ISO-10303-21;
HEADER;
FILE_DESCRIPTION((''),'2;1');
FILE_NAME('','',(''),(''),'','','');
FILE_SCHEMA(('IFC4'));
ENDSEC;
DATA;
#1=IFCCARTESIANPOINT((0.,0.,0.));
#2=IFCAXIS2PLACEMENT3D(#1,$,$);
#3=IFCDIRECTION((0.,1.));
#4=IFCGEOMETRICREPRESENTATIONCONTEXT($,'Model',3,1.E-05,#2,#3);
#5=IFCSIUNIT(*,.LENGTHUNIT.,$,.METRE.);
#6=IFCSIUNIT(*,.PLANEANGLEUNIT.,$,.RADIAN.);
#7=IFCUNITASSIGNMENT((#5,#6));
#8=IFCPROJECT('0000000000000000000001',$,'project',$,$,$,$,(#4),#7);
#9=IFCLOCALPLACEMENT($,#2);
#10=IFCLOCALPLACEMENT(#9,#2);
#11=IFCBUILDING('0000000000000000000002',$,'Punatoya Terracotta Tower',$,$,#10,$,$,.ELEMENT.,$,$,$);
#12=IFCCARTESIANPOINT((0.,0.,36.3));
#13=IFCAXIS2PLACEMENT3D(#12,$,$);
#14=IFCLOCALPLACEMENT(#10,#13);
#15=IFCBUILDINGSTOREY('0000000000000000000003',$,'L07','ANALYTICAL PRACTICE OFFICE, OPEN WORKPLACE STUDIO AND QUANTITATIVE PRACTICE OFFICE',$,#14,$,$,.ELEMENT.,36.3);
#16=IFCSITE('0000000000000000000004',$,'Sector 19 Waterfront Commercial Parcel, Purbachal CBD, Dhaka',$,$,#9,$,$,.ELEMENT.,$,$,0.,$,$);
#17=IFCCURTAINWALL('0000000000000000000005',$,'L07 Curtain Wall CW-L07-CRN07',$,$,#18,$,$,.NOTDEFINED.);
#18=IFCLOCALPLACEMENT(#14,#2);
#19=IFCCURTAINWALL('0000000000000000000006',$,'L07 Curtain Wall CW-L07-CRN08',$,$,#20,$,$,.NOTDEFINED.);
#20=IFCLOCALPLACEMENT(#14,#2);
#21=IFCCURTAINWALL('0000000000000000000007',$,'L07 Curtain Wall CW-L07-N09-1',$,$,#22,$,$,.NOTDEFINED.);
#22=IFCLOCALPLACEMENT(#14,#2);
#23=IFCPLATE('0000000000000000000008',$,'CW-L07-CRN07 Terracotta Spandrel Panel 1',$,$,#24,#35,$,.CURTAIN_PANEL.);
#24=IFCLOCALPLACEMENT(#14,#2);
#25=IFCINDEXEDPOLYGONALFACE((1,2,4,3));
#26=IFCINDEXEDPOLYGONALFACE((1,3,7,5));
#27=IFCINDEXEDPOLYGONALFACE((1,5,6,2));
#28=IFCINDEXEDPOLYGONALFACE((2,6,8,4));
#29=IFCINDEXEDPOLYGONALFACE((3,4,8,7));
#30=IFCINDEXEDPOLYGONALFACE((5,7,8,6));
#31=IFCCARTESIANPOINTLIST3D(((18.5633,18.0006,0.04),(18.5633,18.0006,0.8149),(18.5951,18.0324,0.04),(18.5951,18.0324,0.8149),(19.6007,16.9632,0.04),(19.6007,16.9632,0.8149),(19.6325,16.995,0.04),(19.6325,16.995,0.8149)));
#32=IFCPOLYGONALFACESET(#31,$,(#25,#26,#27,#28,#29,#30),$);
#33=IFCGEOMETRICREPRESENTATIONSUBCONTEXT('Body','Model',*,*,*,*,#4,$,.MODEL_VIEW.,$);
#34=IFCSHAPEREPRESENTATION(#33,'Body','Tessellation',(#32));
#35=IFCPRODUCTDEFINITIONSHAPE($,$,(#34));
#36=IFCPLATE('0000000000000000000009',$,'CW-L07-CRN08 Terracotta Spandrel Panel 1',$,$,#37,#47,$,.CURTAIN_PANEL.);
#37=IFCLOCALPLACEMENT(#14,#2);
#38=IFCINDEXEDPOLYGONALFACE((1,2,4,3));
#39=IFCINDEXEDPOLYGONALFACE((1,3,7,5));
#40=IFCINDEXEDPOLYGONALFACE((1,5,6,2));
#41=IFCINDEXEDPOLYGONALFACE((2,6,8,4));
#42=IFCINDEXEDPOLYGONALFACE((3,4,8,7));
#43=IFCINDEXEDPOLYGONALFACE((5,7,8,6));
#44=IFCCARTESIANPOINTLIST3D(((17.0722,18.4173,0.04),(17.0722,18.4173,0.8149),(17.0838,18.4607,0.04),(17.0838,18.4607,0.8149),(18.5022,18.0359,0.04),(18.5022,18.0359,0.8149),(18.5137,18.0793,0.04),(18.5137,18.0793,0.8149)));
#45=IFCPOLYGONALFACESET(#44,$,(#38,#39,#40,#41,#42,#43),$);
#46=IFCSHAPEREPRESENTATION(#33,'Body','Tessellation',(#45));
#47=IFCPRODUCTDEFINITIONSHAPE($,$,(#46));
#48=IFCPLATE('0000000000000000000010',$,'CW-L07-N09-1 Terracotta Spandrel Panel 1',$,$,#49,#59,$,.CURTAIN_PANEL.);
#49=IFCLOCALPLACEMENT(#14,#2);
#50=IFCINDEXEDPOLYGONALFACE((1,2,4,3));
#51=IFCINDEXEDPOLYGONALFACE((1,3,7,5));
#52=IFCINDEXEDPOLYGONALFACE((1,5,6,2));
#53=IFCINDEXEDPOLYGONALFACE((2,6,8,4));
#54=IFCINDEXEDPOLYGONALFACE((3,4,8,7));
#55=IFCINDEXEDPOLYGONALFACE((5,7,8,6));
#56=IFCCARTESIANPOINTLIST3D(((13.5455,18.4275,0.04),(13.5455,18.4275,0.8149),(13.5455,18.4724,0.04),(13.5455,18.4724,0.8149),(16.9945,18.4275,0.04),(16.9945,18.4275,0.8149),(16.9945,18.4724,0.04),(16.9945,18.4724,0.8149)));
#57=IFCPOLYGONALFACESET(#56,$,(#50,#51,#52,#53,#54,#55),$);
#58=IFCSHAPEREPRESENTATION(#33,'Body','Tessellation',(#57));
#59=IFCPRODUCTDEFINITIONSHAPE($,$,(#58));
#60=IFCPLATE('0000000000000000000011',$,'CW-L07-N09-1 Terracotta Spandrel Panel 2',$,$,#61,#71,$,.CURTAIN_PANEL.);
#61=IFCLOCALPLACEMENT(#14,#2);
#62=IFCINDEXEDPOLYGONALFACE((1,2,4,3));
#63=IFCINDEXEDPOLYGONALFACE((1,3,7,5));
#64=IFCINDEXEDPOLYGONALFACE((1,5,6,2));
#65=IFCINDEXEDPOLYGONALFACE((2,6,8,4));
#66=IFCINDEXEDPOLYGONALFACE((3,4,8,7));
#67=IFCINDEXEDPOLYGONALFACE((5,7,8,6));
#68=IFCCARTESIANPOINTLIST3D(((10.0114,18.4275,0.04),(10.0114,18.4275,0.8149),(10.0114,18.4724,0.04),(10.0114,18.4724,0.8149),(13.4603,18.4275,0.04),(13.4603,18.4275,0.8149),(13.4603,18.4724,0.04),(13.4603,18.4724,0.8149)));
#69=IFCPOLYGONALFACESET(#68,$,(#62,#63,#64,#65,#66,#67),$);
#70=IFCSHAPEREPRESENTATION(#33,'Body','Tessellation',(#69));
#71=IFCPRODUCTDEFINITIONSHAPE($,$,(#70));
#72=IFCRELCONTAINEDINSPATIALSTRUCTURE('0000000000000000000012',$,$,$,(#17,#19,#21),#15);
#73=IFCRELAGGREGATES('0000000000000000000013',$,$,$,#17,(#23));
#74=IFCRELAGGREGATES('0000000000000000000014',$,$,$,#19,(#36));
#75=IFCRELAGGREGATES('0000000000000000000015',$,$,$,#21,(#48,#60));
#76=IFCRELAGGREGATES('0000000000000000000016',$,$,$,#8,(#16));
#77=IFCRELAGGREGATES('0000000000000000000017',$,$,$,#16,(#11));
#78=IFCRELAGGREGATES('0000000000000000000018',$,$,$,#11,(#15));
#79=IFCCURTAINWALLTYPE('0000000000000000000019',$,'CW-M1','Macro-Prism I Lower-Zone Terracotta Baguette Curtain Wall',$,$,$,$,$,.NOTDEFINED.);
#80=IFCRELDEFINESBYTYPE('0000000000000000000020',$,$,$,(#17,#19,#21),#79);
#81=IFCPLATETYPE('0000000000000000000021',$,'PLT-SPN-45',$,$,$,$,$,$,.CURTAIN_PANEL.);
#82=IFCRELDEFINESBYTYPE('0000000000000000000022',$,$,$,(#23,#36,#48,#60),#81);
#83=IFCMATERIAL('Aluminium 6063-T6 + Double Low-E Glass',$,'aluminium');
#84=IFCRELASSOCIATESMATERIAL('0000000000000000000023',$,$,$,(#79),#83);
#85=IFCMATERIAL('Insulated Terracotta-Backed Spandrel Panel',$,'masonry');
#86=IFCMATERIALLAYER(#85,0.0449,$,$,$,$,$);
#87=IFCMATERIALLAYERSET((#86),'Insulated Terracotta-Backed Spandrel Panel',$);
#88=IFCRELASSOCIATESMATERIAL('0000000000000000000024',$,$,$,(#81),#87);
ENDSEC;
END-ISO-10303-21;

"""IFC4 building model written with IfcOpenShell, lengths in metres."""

from ifc_helpers import new_model, si_unit, direction, frame, origin, origin_2d, place, context, subcontext, project, spatial, rectangle, extrude, material, layer, layer_set, type_object, element, aggregate, save


model = new_model("IFC4")

# Units and contexts
model_context = context("Model", 3, precision=1e-05, world=origin(), true_north=direction((0.0, 1.0)))
body_context = subcontext(model_context, "Body", "Model", "MODEL_VIEW")
ifc_project = project(units=[si_unit("LENGTHUNIT", "METRE"), si_unit("PLANEANGLEUNIT", "RADIAN")], contexts=[model_context])

# Site, building, storey
site_placement = place(None, origin())
site = spatial("IfcSite", under=ifc_project, at=site_placement, Name="Sector 19 Waterfront Commercial Parcel, Purbachal CBD, Dhaka", CompositionType="ELEMENT", RefElevation=0.0)
building_placement = place(site_placement, origin())
building = spatial("IfcBuilding", under=site, at=building_placement, Name="Punatoya Terracotta Tower", CompositionType="ELEMENT")
storey_placement = place(building_placement, frame((0.0, 0.0, 36.3)))
storey = spatial("IfcBuildingStorey", under=building, at=storey_placement, Name="L07", Description="ANALYTICAL PRACTICE OFFICE, OPEN WORKPLACE STUDIO AND QUANTITATIVE PRACTICE OFFICE", CompositionType="ELEMENT", Elevation=36.3)

# Shared definitions
ifc_material_1 = material(Name="Aluminium 6063-T6 + Double Low-E Glass", Category="aluminium")
curtain_wall_type = type_object("IfcCurtainWallType", Name="CW-M1", Description="Macro-Prism I Lower-Zone Terracotta Baguette Curtain Wall", PredefinedType="NOTDEFINED", material=ifc_material_1)

# Curtain walls
curtain_wall_1_placement = place(storey_placement, origin())
curtain_wall_1 = element("IfcCurtainWall", 1, at=curtain_wall_1_placement, inside=storey, type_object=curtain_wall_type, Name="L07 Curtain Wall CW-L07-CRN07", PredefinedType="NOTDEFINED")
curtain_wall_2_placement = place(storey_placement, origin())
curtain_wall_2 = element("IfcCurtainWall", 2, at=curtain_wall_2_placement, inside=storey, type_object=curtain_wall_type, Name="L07 Curtain Wall CW-L07-CRN08", PredefinedType="NOTDEFINED")
curtain_wall_3_placement = place(storey_placement, origin())
curtain_wall_3 = element("IfcCurtainWall", 3, at=curtain_wall_3_placement, inside=storey, type_object=curtain_wall_type, Name="L07 Curtain Wall CW-L07-N09-1", PredefinedType="NOTDEFINED")

# Plates
ifc_material_2 = material(Name="Insulated Terracotta-Backed Spandrel Panel", Category="masonry")
ifc_layer_1 = layer(ifc_material_2, 0.0449)
ifc_layer_set_1 = layer_set([ifc_layer_1], Name="Insulated Terracotta-Backed Spandrel Panel")
plate_type_1 = type_object("IfcPlateType", Name="PLT-SPN-45", PredefinedType="CURTAIN_PANEL", material=ifc_layer_set_1)
plate_1_placement = place(storey_placement, frame((19.0979, 17.4978, 0.04), z_axis=(0.0, 0.0, 1.0), x_axis=(-0.707107, 0.707107, 0.0)))
plate_1 = element("IfcPlate", 4, at=plate_1_placement, type_object=plate_type_1, Name="CW-L07-CRN07 Terracotta Spandrel Panel 1", PredefinedType="CURTAIN_PANEL", context=body_context, shape_type="SweptSolid", body=[
    extrude(rectangle(XDim=1.467, YDim=0.0449, at=origin_2d()), origin(), (0.0, 0.0, 1.0), 0.7749),
])
aggregate(curtain_wall_1, [plate_1])
plate_2_placement = place(storey_placement, frame((17.793, 18.2483, 0.04), z_axis=(0.0, 0.0, 1.0), x_axis=(-0.966214, 0.257742, 0.0)))
plate_2 = element("IfcPlate", 5, at=plate_2_placement, type_object=plate_type_1, Name="CW-L07-CRN08 Terracotta Spandrel Panel 1", PredefinedType="CURTAIN_PANEL", context=body_context, shape_type="SweptSolid", body=[
    extrude(rectangle(XDim=1.48, YDim=0.0449, at=origin_2d()), origin(), (0.0, 0.0, 1.0), 0.7749),
])
aggregate(curtain_wall_2, [plate_2])
plate_3_placement = place(storey_placement, frame((15.27, 18.45, 0.04), z_axis=(0.0, 0.0, 1.0), x_axis=(-1.0, 0.0, 0.0)))
plate_3 = element("IfcPlate", 6, at=plate_3_placement, type_object=plate_type_1, Name="CW-L07-N09-1 Terracotta Spandrel Panel 1", PredefinedType="CURTAIN_PANEL", context=body_context, shape_type="SweptSolid", body=[
    extrude(rectangle(XDim=3.449, YDim=0.0449, at=origin_2d()), origin(), (0.0, 0.0, 1.0), 0.7749),
])
plate_4_placement = place(storey_placement, frame((11.7358, 18.45, 0.04), z_axis=(0.0, 0.0, 1.0), x_axis=(-1.0, 0.0, 0.0)))
plate_4 = element("IfcPlate", 7, at=plate_4_placement, type_object=plate_type_1, Name="CW-L07-N09-1 Terracotta Spandrel Panel 2", PredefinedType="CURTAIN_PANEL", context=body_context, shape_type="SweptSolid", body=[
    extrude(rectangle(XDim=3.449, YDim=0.0449, at=origin_2d()), origin(), (0.0, 0.0, 1.0), 0.7749),
])
aggregate(curtain_wall_3, [plate_3, plate_4])

save(model, "model.ifc")
